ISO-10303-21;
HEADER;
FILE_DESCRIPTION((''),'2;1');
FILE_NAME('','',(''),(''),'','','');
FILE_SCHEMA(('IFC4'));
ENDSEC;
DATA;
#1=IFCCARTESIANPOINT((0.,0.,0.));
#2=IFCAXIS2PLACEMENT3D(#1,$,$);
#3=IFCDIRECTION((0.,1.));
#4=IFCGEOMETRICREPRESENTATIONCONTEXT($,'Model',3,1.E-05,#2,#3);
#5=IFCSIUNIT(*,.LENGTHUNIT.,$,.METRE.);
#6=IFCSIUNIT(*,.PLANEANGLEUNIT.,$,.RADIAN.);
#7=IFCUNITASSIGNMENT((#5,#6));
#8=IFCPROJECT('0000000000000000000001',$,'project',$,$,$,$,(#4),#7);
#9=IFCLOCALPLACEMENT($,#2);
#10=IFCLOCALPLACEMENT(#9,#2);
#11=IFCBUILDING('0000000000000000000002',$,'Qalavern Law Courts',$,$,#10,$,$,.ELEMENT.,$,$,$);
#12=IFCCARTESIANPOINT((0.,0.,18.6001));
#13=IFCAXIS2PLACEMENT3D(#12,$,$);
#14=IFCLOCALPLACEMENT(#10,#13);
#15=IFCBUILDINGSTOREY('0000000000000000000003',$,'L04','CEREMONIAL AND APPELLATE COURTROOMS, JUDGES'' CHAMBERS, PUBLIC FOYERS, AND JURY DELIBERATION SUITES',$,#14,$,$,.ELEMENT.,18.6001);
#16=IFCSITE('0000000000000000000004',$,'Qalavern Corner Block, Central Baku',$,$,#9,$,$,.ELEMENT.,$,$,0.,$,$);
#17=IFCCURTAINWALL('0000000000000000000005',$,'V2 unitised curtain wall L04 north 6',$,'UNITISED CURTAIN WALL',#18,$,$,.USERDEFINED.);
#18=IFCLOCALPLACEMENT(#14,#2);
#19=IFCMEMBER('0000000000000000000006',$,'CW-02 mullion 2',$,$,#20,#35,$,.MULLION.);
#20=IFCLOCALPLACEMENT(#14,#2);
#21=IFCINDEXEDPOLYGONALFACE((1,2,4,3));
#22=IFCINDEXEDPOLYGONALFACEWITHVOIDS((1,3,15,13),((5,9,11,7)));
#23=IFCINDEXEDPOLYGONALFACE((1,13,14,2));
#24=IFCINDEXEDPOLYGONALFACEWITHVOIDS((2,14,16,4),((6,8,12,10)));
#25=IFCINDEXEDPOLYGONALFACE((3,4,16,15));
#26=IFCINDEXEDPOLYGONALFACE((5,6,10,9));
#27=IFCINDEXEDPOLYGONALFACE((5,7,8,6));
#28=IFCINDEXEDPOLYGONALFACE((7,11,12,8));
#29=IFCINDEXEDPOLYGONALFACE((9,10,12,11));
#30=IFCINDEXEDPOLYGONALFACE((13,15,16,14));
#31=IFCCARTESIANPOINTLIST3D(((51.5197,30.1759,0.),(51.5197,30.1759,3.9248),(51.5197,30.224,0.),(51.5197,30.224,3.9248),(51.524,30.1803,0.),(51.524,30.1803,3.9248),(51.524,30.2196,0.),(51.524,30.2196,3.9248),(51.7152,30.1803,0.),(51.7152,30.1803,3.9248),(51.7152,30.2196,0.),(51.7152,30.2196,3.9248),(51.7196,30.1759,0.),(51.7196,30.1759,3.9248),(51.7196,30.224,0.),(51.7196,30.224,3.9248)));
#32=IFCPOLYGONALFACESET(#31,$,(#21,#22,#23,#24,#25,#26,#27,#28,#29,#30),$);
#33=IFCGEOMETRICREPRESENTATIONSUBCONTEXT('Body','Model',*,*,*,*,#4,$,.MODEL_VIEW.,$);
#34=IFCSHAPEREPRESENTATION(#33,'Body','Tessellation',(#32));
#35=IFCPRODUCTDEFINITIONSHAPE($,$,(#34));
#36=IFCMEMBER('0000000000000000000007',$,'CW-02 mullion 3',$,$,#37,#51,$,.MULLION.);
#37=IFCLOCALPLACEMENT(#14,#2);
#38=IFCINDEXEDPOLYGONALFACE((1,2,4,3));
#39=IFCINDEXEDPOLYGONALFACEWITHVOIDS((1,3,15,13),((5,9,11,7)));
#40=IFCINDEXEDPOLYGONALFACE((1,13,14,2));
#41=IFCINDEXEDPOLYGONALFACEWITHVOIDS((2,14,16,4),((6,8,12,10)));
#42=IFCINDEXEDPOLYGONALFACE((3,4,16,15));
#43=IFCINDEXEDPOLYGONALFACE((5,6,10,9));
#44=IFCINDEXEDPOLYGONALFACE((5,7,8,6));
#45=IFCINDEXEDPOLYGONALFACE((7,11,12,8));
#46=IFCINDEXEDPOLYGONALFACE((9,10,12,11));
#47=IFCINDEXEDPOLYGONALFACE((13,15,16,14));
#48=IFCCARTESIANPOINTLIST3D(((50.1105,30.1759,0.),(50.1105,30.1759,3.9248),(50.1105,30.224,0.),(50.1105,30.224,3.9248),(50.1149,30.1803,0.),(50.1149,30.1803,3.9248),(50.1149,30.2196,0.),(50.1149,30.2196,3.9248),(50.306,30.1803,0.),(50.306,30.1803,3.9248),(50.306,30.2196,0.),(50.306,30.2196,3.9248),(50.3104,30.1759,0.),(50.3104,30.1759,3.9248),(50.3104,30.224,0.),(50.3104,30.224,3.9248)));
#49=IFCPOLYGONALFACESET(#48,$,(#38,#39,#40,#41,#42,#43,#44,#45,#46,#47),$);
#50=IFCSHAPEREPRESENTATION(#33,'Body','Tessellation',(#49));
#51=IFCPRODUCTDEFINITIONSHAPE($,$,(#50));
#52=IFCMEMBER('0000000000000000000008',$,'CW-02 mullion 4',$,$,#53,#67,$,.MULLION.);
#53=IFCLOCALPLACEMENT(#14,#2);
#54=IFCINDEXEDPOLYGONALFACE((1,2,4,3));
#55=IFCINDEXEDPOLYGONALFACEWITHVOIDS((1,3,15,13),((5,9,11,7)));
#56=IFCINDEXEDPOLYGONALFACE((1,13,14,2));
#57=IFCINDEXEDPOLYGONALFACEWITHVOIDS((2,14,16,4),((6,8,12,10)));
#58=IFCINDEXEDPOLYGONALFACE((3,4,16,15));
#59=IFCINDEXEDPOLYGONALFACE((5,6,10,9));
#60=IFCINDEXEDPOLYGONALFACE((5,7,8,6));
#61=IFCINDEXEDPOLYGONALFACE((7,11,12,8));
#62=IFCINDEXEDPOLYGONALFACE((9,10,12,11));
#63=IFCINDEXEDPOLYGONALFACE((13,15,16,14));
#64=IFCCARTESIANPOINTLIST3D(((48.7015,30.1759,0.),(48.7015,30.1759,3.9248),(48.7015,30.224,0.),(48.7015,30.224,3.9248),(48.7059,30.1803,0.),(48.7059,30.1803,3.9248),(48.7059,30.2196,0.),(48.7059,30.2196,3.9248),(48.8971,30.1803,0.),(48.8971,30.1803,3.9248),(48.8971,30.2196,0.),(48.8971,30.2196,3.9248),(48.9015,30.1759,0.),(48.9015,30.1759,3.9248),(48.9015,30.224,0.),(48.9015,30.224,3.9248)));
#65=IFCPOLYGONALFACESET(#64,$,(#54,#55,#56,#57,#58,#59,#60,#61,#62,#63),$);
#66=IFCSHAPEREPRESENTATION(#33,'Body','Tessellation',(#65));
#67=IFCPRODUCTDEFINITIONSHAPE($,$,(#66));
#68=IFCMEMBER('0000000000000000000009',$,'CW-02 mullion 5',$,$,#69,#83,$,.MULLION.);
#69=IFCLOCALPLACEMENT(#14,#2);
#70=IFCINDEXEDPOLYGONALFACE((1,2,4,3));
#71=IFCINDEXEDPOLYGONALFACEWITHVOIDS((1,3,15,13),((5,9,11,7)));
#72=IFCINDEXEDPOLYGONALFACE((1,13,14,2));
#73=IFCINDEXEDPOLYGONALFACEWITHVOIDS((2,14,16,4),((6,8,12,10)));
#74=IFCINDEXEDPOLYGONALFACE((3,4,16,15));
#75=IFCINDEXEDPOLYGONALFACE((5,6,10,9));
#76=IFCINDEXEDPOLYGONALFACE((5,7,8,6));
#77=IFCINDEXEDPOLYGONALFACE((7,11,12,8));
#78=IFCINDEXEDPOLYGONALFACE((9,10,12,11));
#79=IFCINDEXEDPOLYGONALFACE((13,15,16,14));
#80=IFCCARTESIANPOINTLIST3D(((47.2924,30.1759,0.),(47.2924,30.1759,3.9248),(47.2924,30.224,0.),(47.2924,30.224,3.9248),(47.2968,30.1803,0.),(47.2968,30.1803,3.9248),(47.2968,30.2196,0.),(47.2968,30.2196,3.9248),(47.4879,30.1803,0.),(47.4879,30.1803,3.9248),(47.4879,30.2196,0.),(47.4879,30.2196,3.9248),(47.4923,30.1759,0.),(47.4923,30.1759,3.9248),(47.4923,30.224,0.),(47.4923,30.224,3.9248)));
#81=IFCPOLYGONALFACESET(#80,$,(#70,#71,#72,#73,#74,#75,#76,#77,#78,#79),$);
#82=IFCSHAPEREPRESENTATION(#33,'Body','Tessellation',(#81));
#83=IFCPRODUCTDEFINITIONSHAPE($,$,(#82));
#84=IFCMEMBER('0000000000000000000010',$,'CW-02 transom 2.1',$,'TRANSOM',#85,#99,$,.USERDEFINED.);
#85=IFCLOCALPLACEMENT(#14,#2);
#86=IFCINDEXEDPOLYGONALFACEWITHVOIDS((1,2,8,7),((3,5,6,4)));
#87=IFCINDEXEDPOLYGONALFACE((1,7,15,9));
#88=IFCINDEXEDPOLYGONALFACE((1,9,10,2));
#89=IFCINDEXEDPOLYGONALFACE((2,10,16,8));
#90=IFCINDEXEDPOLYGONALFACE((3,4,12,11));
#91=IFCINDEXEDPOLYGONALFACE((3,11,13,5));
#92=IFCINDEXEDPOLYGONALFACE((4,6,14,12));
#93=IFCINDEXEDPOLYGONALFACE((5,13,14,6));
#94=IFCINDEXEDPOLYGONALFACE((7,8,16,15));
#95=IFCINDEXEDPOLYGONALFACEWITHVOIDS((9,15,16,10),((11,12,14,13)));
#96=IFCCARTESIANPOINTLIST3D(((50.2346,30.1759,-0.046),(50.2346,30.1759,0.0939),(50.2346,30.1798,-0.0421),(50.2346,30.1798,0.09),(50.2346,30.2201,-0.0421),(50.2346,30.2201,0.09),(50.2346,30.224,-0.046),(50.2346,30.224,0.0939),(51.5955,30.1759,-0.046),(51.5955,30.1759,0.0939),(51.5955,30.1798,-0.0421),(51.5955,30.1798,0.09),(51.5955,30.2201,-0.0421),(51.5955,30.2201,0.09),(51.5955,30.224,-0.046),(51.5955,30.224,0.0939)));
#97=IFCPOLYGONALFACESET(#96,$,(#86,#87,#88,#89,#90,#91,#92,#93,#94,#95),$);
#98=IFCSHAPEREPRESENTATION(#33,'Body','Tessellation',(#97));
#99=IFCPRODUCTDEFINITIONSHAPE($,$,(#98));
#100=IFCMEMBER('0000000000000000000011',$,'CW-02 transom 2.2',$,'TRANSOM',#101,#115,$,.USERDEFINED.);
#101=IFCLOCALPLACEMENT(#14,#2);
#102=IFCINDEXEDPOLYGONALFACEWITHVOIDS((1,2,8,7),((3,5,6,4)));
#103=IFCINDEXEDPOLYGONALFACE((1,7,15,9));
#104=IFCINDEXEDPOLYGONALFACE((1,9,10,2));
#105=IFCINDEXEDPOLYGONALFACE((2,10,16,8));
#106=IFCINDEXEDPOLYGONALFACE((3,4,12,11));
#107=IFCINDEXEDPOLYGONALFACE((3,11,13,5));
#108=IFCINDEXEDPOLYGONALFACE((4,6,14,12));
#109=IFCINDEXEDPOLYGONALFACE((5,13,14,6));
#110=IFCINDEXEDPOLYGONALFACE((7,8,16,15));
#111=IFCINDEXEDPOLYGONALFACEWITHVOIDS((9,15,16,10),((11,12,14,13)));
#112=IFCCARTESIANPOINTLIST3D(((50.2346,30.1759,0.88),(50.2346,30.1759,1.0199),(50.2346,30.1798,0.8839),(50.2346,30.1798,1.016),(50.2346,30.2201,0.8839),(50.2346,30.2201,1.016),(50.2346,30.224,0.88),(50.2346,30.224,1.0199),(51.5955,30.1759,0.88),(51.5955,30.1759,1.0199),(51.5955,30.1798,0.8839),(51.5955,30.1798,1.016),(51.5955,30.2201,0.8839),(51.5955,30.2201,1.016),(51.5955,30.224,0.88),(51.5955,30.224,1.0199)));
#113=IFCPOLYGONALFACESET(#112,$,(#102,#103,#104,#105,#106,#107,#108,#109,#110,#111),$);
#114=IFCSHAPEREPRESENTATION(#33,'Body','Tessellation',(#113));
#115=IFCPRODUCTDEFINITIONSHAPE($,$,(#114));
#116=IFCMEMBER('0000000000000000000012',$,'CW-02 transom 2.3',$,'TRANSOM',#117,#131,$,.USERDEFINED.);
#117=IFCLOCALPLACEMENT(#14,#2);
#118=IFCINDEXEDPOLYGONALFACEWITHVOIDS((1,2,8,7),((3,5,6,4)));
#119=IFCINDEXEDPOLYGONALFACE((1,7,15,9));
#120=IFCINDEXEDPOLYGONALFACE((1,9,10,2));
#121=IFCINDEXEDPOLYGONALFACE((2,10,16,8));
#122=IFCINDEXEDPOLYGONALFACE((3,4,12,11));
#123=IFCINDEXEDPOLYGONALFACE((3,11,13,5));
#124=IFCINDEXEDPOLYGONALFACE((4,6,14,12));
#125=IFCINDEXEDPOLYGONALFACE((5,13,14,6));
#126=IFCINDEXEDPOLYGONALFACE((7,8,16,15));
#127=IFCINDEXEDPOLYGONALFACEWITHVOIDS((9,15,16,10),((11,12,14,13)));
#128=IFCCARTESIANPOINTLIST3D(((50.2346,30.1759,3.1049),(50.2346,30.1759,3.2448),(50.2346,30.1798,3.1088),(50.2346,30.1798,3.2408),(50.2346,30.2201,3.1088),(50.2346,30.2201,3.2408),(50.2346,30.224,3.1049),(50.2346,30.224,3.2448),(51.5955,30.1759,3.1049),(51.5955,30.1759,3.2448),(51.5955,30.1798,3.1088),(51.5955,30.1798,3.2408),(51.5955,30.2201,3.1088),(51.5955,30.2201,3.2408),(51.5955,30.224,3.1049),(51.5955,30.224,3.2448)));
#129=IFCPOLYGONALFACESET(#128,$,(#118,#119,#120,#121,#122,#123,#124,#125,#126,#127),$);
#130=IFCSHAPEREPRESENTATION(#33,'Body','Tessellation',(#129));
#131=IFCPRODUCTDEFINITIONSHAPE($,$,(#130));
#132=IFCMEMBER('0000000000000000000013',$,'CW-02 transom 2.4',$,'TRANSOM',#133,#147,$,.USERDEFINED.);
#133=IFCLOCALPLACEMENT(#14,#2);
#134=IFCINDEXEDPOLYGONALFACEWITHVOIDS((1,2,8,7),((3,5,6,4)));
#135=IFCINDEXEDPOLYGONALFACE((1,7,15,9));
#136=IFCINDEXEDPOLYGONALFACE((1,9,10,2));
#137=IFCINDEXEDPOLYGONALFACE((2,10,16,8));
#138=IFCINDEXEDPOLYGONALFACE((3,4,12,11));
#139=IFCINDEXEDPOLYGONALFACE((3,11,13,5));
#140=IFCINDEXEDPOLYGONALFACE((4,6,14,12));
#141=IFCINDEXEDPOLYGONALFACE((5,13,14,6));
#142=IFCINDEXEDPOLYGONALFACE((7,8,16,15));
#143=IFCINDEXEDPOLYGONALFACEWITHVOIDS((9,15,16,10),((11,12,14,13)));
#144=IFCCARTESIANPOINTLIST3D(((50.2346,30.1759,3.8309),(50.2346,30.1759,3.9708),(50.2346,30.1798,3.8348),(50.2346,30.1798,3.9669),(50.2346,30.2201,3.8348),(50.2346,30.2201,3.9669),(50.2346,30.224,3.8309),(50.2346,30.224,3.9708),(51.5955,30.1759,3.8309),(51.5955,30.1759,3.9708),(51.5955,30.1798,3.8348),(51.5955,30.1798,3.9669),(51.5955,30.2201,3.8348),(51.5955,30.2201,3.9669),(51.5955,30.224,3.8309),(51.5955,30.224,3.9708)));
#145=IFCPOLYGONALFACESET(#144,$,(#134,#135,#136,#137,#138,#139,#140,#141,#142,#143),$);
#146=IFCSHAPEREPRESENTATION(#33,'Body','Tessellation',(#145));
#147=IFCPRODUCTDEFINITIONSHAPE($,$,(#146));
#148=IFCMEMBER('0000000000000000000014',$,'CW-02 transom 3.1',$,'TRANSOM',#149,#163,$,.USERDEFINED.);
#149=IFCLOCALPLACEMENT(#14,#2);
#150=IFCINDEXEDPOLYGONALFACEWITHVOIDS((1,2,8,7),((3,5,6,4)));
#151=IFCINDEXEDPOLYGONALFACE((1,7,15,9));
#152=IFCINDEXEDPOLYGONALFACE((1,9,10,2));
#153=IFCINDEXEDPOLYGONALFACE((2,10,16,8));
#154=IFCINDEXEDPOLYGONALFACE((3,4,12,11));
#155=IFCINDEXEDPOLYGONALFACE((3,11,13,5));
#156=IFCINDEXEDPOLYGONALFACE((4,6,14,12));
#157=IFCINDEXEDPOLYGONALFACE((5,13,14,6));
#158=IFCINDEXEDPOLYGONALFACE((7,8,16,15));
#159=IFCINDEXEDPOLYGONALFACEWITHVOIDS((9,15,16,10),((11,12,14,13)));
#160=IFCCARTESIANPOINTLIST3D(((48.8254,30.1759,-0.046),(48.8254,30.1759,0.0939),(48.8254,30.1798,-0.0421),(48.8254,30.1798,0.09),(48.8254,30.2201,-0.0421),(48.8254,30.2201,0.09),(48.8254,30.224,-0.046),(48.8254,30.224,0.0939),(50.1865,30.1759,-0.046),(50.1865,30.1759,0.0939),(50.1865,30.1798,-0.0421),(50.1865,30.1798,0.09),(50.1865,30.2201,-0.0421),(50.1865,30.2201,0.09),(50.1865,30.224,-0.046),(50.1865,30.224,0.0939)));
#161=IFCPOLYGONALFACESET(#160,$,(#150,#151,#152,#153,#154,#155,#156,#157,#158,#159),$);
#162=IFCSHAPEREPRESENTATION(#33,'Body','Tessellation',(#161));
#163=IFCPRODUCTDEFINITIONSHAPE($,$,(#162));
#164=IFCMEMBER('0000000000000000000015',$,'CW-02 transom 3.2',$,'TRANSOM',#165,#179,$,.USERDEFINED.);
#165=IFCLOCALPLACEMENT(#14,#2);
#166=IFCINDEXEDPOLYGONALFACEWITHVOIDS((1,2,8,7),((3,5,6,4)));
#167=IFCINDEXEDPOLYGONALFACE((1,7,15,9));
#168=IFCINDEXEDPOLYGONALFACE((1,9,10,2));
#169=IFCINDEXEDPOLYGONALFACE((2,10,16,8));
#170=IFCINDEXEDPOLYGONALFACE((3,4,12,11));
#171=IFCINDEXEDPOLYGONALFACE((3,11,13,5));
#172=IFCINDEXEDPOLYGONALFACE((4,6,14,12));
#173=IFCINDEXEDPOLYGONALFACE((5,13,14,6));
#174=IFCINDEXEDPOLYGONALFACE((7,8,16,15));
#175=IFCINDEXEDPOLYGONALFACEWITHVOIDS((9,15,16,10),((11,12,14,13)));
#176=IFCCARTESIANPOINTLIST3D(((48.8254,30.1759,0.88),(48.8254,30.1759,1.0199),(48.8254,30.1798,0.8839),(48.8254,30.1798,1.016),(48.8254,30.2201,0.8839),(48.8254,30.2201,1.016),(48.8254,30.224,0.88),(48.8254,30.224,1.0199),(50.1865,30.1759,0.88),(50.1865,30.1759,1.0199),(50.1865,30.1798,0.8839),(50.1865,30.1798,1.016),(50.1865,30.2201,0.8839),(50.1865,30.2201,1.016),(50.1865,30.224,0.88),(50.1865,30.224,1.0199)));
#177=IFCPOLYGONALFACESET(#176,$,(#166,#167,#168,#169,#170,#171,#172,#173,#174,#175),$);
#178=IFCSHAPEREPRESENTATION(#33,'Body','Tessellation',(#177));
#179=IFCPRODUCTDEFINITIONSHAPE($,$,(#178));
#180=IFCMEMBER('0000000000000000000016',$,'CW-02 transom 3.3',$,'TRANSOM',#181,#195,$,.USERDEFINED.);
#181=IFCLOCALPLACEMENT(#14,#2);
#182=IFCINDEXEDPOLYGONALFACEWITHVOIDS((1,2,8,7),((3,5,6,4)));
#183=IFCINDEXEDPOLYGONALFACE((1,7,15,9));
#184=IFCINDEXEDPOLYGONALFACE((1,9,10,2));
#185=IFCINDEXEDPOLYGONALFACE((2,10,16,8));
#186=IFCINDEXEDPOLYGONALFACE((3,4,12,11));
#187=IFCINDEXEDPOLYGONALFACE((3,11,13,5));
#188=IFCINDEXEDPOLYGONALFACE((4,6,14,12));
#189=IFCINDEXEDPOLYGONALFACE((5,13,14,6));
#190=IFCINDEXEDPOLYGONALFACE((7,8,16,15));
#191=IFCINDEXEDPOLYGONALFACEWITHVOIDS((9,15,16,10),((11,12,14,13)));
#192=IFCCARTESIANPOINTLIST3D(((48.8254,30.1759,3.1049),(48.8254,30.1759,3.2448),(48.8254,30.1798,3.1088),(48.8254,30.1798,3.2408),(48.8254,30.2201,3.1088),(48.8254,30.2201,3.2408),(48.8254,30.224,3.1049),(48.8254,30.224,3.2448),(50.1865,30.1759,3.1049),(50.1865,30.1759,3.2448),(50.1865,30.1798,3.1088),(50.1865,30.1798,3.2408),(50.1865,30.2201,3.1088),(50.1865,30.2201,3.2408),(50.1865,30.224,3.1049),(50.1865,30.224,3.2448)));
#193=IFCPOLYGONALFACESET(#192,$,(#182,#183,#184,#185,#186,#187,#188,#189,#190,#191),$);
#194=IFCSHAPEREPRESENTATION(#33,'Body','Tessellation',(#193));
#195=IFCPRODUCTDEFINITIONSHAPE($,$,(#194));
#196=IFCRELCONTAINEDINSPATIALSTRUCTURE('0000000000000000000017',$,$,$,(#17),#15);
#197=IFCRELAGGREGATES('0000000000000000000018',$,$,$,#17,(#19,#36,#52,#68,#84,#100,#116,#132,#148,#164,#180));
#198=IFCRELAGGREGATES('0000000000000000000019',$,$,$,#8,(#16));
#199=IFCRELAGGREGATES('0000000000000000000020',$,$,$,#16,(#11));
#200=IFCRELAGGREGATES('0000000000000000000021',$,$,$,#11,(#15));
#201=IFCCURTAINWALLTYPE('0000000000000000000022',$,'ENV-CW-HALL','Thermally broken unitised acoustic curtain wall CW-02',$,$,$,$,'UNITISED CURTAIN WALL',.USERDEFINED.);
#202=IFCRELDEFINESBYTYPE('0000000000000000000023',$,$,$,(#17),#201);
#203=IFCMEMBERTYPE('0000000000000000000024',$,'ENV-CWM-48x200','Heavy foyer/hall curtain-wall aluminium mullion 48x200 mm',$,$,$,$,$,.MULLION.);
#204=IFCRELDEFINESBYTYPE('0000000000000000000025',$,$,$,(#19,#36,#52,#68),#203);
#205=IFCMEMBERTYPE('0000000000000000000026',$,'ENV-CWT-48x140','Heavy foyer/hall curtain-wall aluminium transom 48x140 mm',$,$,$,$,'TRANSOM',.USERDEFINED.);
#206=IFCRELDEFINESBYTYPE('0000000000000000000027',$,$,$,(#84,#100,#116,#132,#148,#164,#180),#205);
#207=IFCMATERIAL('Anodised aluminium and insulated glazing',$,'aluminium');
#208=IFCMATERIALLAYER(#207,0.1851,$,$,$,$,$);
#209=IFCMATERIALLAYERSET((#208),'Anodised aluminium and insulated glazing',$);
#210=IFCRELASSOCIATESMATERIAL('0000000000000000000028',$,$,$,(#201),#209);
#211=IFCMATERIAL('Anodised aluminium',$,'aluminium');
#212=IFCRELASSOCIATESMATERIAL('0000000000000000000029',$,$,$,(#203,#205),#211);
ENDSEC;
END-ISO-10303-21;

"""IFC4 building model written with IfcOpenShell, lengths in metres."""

from ifc_helpers import new_model, si_unit, direction, frame, origin, origin_2d, place, context, subcontext, project, spatial, hollow_rectangle, extrude, material, layer, layer_set, material_profile, profile_set, type_object, element, aggregate, save


model = new_model("IFC4")

# Units and contexts
model_context = context("Model", 3, precision=1e-05, world=origin(), true_north=direction((0.0, 1.0)))
body_context = subcontext(model_context, "Body", "Model", "MODEL_VIEW")
ifc_project = project(units=[si_unit("LENGTHUNIT", "METRE"), si_unit("PLANEANGLEUNIT", "RADIAN")], contexts=[model_context])

# Site, building, storey
site_placement = place(None, origin())
site = spatial("IfcSite", under=ifc_project, at=site_placement, Name="Qalavern Corner Block, Central Baku", CompositionType="ELEMENT", RefElevation=0.0)
building_placement = place(site_placement, origin())
building = spatial("IfcBuilding", under=site, at=building_placement, Name="Qalavern Law Courts", CompositionType="ELEMENT")
storey_placement = place(building_placement, frame((0.0, 0.0, 18.6001)))
storey = spatial("IfcBuildingStorey", under=building, at=storey_placement, Name="L04", Description="CEREMONIAL AND APPELLATE COURTROOMS, JUDGES' CHAMBERS, PUBLIC FOYERS, AND JURY DELIBERATION SUITES", CompositionType="ELEMENT", Elevation=18.6001)

# Curtain wall, members
ifc_material_1 = material(Name="Anodised aluminium and insulated glazing", Category="aluminium")
ifc_layer_1 = layer(ifc_material_1, 0.1851)
ifc_layer_set_1 = layer_set([ifc_layer_1], Name="Anodised aluminium and insulated glazing")
curtain_wall_type = type_object("IfcCurtainWallType", Name="ENV-CW-HALL", Description="Thermally broken unitised acoustic curtain wall CW-02", ElementType="UNITISED CURTAIN WALL", PredefinedType="USERDEFINED", material=ifc_layer_set_1)
curtain_wall_placement = place(storey_placement, origin())
curtain_wall = element("IfcCurtainWall", 1, at=curtain_wall_placement, inside=storey, type_object=curtain_wall_type, Name="V2 unitised curtain wall L04 north 6", ObjectType="UNITISED CURTAIN WALL", PredefinedType="USERDEFINED")
ifc_material_2 = material(Name="Anodised aluminium", Category="aluminium")
ifc_material_profile_1 = material_profile(ifc_material_2, hollow_rectangle(XDim=0.0481, YDim=0.2, WallThickness=0.0044, at=origin_2d()), Name="ALU MULLION 48x200")
ifc_profile_set_1 = profile_set([ifc_material_profile_1], Name="Anodised aluminium")
member_type_1 = type_object("IfcMemberType", Name="ENV-CWM-48x200", Description="Heavy foyer/hall curtain-wall aluminium mullion 48x200 mm", PredefinedType="MULLION", material=ifc_profile_set_1)
member_1_placement = place(storey_placement, frame((51.6196, 30.2, 0.0), z_axis=(0.0, 0.0, 1.0), x_axis=(0.0, -1.0, 0.0)))
member_1 = element("IfcMember", 2, at=member_1_placement, type_object=member_type_1, Name="CW-02 mullion 2", PredefinedType="MULLION", context=body_context, shape_type="SweptSolid", body=[
    extrude(hollow_rectangle(XDim=0.0481, YDim=0.2, WallThickness=0.0044, at=origin_2d()), origin(), (0.0, 0.0, 1.0), 3.9248),
])
member_2_placement = place(storey_placement, frame((50.2104, 30.2, 0.0), z_axis=(0.0, 0.0, 1.0), x_axis=(0.0, -1.0, 0.0)))
member_2 = element("IfcMember", 3, at=member_2_placement, type_object=member_type_1, Name="CW-02 mullion 3", PredefinedType="MULLION", context=body_context, shape_type="SweptSolid", body=[
    extrude(hollow_rectangle(XDim=0.0481, YDim=0.2, WallThickness=0.0044, at=origin_2d()), origin(), (0.0, 0.0, 1.0), 3.9248),
])
member_3_placement = place(storey_placement, frame((48.8015, 30.2, 0.0), z_axis=(0.0, 0.0, 1.0), x_axis=(0.0, -1.0, 0.0)))
member_3 = element("IfcMember", 4, at=member_3_placement, type_object=member_type_1, Name="CW-02 mullion 4", PredefinedType="MULLION", context=body_context, shape_type="SweptSolid", body=[
    extrude(hollow_rectangle(XDim=0.0481, YDim=0.2, WallThickness=0.0044, at=origin_2d()), origin(), (0.0, 0.0, 1.0), 3.9248),
])
member_4_placement = place(storey_placement, frame((47.3923, 30.2, 0.0), z_axis=(0.0, 0.0, 1.0), x_axis=(0.0, -1.0, 0.0)))
member_4 = element("IfcMember", 5, at=member_4_placement, type_object=member_type_1, Name="CW-02 mullion 5", PredefinedType="MULLION", context=body_context, shape_type="SweptSolid", body=[
    extrude(hollow_rectangle(XDim=0.0481, YDim=0.2, WallThickness=0.0044, at=origin_2d()), origin(), (0.0, 0.0, 1.0), 3.9248),
])
ifc_material_profile_2 = material_profile(ifc_material_2, hollow_rectangle(XDim=0.0481, YDim=0.1399, WallThickness=0.0039, at=origin_2d()), Name="ALU TRANSOM 48x140")
ifc_profile_set_2 = profile_set([ifc_material_profile_2], Name="Anodised aluminium")
member_type_2 = type_object("IfcMemberType", Name="ENV-CWT-48x140", Description="Heavy foyer/hall curtain-wall aluminium transom 48x140 mm", ElementType="TRANSOM", PredefinedType="USERDEFINED", material=ifc_profile_set_2)
member_5_placement = place(storey_placement, frame((51.5955, 30.2, 0.0239), z_axis=(-1.0, 0.0, 0.0), x_axis=(0.0, -1.0, 0.0)))
member_5 = element("IfcMember", 6, at=member_5_placement, type_object=member_type_2, Name="CW-02 transom 2.1", ObjectType="TRANSOM", PredefinedType="USERDEFINED", context=body_context, shape_type="SweptSolid", body=[
    extrude(hollow_rectangle(XDim=0.0481, YDim=0.1399, WallThickness=0.0039, at=origin_2d()), origin(), (0.0, 0.0, 1.0), 1.3608),
])
member_6_placement = place(storey_placement, frame((51.5955, 30.2, 0.95), z_axis=(-1.0, 0.0, 0.0), x_axis=(0.0, -1.0, 0.0)))
member_6 = element("IfcMember", 7, at=member_6_placement, type_object=member_type_2, Name="CW-02 transom 2.2", ObjectType="TRANSOM", PredefinedType="USERDEFINED", context=body_context, shape_type="SweptSolid", body=[
    extrude(hollow_rectangle(XDim=0.0481, YDim=0.1399, WallThickness=0.0039, at=origin_2d()), origin(), (0.0, 0.0, 1.0), 1.3608),
])
member_7_placement = place(storey_placement, frame((51.5955, 30.2, 3.1748), z_axis=(-1.0, 0.0, 0.0), x_axis=(0.0, -1.0, 0.0)))
member_7 = element("IfcMember", 8, at=member_7_placement, type_object=member_type_2, Name="CW-02 transom 2.3", ObjectType="TRANSOM", PredefinedType="USERDEFINED", context=body_context, shape_type="SweptSolid", body=[
    extrude(hollow_rectangle(XDim=0.0481, YDim=0.1399, WallThickness=0.0039, at=origin_2d()), origin(), (0.0, 0.0, 1.0), 1.3608),
])
member_8_placement = place(storey_placement, frame((51.5955, 30.2, 3.9009), z_axis=(-1.0, 0.0, 0.0), x_axis=(0.0, -1.0, 0.0)))
member_8 = element("IfcMember", 9, at=member_8_placement, type_object=member_type_2, Name="CW-02 transom 2.4", ObjectType="TRANSOM", PredefinedType="USERDEFINED", context=body_context, shape_type="SweptSolid", body=[
    extrude(hollow_rectangle(XDim=0.0481, YDim=0.1399, WallThickness=0.0039, at=origin_2d()), origin(), (0.0, 0.0, 1.0), 1.3608),
])
member_9_placement = place(storey_placement, frame((50.1865, 30.2, 0.0239), z_axis=(-1.0, 0.0, 0.0), x_axis=(0.0, -1.0, 0.0)))
member_9 = element("IfcMember", 10, at=member_9_placement, type_object=member_type_2, Name="CW-02 transom 3.1", ObjectType="TRANSOM", PredefinedType="USERDEFINED", context=body_context, shape_type="SweptSolid", body=[
    extrude(hollow_rectangle(XDim=0.0481, YDim=0.1399, WallThickness=0.0039, at=origin_2d()), origin(), (0.0, 0.0, 1.0), 1.3611),
])
member_10_placement = place(storey_placement, frame((50.1865, 30.2, 0.95), z_axis=(-1.0, 0.0, 0.0), x_axis=(0.0, -1.0, 0.0)))
member_10 = element("IfcMember", 11, at=member_10_placement, type_object=member_type_2, Name="CW-02 transom 3.2", ObjectType="TRANSOM", PredefinedType="USERDEFINED", context=body_context, shape_type="SweptSolid", body=[
    extrude(hollow_rectangle(XDim=0.0481, YDim=0.1399, WallThickness=0.0039, at=origin_2d()), origin(), (0.0, 0.0, 1.0), 1.3611),
])
member_11_placement = place(storey_placement, frame((50.1865, 30.2, 3.1748), z_axis=(-1.0, 0.0, 0.0), x_axis=(0.0, -1.0, 0.0)))
member_11 = element("IfcMember", 12, at=member_11_placement, type_object=member_type_2, Name="CW-02 transom 3.3", ObjectType="TRANSOM", PredefinedType="USERDEFINED", context=body_context, shape_type="SweptSolid", body=[
    extrude(hollow_rectangle(XDim=0.0481, YDim=0.1399, WallThickness=0.0039, at=origin_2d()), origin(), (0.0, 0.0, 1.0), 1.3611),
])
aggregate(curtain_wall, [member_1, member_2, member_3, member_4, member_5, member_6, member_7, member_8, member_9, member_10, member_11])

save(model, "model.ifc")
